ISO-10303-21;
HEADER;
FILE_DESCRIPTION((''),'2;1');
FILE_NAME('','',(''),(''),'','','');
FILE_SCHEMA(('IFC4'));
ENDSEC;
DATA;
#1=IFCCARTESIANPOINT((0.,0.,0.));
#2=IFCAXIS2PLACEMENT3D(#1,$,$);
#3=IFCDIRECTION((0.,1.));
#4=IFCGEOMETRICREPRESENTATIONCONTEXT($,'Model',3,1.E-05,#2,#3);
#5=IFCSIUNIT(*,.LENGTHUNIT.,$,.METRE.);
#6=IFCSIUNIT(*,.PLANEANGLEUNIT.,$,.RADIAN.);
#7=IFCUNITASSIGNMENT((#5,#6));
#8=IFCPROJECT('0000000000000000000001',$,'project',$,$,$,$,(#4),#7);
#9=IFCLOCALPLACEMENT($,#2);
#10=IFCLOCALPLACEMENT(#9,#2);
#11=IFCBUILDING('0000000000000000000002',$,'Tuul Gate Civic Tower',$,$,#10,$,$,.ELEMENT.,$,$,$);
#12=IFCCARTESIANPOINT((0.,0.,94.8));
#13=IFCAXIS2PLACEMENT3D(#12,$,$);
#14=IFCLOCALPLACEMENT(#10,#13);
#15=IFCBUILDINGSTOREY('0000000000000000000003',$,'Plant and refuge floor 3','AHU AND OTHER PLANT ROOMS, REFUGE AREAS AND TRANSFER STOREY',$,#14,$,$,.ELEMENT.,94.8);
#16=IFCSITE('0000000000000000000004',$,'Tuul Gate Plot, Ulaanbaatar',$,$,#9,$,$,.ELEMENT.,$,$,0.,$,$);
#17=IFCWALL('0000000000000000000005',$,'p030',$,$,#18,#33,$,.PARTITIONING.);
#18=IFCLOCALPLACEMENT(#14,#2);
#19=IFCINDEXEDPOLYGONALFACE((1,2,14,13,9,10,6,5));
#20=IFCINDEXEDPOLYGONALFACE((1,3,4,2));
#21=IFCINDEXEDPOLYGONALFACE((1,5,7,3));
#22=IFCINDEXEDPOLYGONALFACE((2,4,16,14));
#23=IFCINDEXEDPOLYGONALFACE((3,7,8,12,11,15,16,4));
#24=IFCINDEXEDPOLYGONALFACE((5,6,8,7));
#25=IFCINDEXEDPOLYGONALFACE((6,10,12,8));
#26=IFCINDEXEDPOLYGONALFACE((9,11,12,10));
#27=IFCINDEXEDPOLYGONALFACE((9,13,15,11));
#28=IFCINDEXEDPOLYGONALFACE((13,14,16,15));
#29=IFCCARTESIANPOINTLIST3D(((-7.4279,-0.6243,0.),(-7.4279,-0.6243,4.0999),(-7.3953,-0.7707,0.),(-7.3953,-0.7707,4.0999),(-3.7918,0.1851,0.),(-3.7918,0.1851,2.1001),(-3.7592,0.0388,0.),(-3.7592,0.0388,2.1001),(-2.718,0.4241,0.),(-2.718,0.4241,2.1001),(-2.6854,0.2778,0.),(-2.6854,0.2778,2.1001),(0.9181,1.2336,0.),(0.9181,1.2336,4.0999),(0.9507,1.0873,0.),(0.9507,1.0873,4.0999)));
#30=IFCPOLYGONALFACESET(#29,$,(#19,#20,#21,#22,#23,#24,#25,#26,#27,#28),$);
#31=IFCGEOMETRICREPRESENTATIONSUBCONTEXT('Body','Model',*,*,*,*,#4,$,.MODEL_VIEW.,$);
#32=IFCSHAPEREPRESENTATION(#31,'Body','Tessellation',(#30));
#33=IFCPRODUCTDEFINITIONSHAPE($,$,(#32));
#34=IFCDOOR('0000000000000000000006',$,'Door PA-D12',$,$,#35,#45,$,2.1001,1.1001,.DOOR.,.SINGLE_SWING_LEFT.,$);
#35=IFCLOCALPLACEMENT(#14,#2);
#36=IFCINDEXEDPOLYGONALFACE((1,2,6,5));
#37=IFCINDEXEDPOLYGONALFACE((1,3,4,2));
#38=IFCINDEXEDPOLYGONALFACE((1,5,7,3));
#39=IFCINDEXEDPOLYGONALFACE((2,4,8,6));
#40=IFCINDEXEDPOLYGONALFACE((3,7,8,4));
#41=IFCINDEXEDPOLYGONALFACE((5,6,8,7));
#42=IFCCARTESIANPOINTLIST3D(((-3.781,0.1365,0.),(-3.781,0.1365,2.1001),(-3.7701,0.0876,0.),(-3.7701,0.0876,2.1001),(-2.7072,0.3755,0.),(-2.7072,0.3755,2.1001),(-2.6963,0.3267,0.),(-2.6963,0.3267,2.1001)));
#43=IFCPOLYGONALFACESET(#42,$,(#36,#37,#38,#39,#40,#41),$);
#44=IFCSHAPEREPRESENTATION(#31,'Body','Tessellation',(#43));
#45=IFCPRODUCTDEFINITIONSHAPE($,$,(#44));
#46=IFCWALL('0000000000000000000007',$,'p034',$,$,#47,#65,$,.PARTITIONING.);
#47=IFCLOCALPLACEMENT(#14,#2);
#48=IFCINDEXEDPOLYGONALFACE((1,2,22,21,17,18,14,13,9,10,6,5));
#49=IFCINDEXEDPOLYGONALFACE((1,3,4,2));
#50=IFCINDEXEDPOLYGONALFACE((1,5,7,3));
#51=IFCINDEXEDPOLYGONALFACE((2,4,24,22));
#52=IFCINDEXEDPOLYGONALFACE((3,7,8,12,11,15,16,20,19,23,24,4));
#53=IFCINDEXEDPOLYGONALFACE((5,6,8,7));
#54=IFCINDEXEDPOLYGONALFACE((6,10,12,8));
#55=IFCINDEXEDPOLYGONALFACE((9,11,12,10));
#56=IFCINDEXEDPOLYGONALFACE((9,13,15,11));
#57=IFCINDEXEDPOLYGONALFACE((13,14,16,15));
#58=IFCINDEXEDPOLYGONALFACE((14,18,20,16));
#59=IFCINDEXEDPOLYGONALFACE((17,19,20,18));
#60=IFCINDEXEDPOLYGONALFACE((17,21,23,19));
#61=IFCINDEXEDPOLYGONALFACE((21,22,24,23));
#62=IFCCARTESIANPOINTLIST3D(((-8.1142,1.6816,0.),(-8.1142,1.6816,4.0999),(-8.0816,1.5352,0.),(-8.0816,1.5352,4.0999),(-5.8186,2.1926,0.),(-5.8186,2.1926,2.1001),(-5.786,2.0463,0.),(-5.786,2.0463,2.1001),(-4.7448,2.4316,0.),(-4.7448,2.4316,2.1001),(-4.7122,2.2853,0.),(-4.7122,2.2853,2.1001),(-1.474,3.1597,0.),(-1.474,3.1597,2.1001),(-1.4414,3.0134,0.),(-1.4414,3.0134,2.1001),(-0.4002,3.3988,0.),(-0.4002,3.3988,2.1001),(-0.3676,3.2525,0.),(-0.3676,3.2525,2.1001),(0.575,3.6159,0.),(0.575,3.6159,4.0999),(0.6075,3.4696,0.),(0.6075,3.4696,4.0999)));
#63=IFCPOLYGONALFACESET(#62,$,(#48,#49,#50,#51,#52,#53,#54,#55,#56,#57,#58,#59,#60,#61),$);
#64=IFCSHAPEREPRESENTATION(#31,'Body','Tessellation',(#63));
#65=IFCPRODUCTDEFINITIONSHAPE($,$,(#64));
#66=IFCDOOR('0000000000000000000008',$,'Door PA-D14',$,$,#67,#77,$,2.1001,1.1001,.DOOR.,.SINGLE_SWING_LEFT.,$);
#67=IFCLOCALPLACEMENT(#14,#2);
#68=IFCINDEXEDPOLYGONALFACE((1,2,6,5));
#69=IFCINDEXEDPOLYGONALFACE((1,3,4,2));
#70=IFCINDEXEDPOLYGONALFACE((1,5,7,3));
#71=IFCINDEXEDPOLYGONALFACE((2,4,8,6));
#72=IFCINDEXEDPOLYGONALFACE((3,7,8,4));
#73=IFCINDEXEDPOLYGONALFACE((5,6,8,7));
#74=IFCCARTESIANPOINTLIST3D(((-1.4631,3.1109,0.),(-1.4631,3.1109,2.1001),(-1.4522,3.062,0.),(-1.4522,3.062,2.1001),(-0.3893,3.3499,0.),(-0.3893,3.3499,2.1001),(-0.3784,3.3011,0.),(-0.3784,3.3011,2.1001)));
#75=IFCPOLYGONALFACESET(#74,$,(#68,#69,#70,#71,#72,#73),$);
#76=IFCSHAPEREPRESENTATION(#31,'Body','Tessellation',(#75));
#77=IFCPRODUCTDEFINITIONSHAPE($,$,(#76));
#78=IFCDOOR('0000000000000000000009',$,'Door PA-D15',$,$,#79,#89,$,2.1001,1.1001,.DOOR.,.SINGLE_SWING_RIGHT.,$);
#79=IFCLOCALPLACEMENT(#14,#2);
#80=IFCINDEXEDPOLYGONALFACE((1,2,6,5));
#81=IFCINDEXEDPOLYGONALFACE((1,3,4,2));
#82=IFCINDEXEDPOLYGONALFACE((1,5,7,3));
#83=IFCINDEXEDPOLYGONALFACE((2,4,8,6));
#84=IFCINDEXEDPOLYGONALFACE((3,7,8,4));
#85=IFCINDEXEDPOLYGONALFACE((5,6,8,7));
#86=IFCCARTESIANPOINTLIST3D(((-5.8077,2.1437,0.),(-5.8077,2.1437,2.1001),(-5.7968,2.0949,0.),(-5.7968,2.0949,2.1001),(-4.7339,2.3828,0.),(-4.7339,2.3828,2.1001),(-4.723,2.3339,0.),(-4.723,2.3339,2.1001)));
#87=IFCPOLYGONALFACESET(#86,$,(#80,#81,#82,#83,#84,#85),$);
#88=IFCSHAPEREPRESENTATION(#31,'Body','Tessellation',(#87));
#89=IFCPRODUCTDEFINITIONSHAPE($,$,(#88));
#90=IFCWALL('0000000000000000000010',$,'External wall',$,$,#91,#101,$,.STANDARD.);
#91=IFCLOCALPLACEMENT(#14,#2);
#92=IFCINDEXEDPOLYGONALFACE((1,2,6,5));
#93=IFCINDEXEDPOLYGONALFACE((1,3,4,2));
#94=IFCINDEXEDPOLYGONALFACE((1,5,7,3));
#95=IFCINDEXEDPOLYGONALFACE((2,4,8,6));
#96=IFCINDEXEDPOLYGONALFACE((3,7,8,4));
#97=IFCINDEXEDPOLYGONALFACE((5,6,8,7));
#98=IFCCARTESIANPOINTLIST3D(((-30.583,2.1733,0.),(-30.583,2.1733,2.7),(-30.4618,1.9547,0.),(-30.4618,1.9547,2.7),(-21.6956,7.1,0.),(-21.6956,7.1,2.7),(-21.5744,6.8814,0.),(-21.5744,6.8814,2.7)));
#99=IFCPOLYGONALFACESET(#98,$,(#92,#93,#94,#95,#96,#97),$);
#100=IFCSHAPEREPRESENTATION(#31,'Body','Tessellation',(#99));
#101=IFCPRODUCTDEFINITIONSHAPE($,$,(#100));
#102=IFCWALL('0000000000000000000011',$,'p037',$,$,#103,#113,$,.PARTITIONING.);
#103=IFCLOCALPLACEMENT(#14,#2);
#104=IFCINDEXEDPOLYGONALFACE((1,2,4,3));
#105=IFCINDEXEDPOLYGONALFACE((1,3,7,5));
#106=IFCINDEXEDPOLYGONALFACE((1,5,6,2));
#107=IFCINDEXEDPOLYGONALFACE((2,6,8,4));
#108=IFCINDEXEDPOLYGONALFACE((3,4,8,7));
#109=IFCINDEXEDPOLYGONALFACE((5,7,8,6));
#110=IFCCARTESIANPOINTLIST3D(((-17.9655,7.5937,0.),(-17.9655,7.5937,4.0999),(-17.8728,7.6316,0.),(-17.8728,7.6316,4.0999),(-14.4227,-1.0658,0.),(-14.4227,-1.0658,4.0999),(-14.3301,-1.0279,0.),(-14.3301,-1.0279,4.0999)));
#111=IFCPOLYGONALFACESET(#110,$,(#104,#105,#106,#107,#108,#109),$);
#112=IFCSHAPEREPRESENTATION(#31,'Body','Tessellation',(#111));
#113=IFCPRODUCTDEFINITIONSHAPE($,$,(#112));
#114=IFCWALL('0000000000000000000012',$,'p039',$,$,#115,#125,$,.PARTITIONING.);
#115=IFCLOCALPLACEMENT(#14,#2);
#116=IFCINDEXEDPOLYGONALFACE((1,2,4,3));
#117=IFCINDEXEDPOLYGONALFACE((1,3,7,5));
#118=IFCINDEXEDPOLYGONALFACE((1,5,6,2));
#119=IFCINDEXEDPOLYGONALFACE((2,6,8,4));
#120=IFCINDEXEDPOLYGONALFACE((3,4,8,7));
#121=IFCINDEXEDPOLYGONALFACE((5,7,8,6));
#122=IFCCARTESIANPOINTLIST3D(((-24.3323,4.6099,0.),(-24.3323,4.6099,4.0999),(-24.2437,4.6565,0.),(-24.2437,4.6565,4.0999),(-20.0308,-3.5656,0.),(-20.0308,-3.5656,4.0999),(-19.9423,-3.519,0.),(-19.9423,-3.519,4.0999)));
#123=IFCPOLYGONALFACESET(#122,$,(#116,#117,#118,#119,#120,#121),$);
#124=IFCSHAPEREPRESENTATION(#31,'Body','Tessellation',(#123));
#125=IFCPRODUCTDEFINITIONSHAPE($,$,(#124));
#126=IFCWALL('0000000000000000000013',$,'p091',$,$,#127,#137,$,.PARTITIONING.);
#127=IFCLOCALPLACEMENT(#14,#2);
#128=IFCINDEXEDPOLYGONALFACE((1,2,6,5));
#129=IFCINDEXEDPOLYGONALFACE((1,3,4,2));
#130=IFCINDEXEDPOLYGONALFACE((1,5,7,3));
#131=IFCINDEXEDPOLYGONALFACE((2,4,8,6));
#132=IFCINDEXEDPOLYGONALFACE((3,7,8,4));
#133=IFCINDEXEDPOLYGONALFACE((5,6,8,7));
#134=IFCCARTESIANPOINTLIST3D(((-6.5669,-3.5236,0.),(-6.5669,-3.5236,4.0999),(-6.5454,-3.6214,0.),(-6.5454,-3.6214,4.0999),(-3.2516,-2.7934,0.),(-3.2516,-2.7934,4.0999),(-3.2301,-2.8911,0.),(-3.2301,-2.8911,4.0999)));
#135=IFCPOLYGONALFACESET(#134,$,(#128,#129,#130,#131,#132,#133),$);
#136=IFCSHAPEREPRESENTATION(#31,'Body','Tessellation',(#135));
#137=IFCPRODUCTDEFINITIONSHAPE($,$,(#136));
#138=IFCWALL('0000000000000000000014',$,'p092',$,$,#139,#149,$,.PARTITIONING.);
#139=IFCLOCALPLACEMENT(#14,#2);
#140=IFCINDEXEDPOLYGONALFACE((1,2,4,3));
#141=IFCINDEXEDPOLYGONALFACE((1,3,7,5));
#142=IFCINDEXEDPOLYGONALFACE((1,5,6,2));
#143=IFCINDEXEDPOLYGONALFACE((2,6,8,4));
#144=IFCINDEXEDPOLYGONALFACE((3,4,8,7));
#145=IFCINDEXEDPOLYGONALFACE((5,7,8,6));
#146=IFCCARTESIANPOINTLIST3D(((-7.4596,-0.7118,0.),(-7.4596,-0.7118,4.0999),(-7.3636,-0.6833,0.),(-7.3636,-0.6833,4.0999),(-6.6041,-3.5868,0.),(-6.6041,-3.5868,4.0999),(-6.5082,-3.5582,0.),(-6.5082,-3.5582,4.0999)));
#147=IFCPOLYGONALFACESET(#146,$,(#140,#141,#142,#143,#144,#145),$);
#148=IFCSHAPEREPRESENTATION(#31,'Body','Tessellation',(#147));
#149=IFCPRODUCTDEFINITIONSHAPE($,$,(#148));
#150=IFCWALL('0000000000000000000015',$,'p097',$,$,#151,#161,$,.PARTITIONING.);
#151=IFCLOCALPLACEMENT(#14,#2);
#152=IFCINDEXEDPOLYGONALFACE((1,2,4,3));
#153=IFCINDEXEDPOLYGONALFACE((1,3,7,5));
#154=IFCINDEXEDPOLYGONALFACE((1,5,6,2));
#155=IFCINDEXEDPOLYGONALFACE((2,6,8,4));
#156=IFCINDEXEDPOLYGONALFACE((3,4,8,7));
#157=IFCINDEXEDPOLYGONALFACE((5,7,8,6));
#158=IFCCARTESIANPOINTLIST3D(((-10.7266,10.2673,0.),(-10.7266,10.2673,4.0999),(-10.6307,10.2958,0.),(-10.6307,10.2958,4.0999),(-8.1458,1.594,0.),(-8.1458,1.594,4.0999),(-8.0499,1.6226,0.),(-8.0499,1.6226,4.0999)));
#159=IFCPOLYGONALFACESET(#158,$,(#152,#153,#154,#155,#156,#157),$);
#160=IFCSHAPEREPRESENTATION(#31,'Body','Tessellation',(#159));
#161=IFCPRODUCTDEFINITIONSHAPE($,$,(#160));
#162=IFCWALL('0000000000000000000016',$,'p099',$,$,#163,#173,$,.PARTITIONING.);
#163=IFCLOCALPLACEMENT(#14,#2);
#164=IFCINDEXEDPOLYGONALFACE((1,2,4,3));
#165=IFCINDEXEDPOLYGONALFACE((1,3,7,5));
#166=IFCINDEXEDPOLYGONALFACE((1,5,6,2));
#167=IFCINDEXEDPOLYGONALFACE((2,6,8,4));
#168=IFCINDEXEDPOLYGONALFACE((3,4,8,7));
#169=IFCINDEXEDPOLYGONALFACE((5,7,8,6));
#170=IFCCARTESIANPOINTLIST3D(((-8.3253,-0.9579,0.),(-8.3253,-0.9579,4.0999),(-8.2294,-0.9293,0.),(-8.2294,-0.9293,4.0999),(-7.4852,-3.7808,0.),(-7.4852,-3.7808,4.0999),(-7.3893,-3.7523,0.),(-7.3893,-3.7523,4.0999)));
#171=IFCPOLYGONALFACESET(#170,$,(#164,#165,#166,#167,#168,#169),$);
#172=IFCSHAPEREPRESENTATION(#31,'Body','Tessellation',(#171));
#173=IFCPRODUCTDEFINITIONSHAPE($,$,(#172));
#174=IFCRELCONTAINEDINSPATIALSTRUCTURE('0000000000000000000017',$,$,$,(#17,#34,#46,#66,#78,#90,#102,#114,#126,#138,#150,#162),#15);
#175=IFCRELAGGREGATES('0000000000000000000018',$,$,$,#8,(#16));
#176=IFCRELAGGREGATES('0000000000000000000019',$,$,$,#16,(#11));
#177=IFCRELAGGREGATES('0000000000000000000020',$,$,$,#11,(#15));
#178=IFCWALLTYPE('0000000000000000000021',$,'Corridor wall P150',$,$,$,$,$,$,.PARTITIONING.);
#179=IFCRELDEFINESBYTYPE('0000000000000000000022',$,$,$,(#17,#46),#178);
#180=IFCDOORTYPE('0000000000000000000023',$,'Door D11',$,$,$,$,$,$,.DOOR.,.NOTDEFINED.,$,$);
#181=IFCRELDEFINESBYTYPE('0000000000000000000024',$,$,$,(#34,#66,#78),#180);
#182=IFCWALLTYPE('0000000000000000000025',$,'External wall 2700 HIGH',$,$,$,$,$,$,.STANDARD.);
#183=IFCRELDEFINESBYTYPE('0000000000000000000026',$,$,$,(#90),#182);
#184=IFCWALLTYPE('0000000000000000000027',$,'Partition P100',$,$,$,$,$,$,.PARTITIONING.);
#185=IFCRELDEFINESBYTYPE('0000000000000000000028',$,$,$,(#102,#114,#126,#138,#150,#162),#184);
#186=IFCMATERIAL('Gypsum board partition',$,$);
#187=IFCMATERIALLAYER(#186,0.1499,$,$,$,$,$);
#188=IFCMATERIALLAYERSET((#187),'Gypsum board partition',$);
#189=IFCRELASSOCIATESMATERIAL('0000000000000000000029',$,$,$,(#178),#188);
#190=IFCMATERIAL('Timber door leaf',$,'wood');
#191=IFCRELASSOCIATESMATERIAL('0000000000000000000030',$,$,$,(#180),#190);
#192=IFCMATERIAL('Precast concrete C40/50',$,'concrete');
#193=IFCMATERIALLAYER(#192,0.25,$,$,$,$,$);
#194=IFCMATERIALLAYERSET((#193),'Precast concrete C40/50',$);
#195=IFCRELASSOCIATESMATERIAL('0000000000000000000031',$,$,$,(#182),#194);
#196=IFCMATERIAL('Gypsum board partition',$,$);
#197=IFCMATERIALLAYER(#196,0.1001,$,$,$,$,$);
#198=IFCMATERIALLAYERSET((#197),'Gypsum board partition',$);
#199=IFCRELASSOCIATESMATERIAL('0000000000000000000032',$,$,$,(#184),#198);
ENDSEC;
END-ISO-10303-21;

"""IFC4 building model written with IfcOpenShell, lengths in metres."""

from ifc_helpers import new_model, si_unit, direction, frame, frame_2d, origin, place, context, subcontext, project, spatial, rectangle, extrude, material, layer, layer_set, type_object, element, fill, save


model = new_model("IFC4")

# Units and contexts
model_context = context("Model", 3, precision=1e-05, world=origin(), true_north=direction((0.0, 1.0)))
body_context = subcontext(model_context, "Body", "Model", "MODEL_VIEW")
ifc_project = project(units=[si_unit("LENGTHUNIT", "METRE"), si_unit("PLANEANGLEUNIT", "RADIAN")], contexts=[model_context])

# Site, building, storey
site_placement = place(None, origin())
site = spatial("IfcSite", under=ifc_project, at=site_placement, Name="Tuul Gate Plot, Ulaanbaatar", CompositionType="ELEMENT", RefElevation=0.0)
building_placement = place(site_placement, origin())
building = spatial("IfcBuilding", under=site, at=building_placement, Name="Tuul Gate Civic Tower", CompositionType="ELEMENT")
storey_placement = place(building_placement, frame((0.0, 0.0, 94.8)))
storey = spatial("IfcBuildingStorey", under=building, at=storey_placement, Name="Plant and refuge floor 3", Description="AHU AND OTHER PLANT ROOMS, REFUGE AREAS AND TRANSFER STOREY", CompositionType="ELEMENT", Elevation=94.8)

# Wall, opening, door
ifc_material_1 = material(Name="Gypsum board partition")
ifc_layer_1 = layer(ifc_material_1, 0.1499)
ifc_layer_set_1 = layer_set([ifc_layer_1], Name="Gypsum board partition")
wall_type_1 = type_object("IfcWallType", Name="Corridor wall P150", PredefinedType="PARTITIONING", material=ifc_layer_set_1)
wall_1_placement = place(storey_placement, frame((-7.4116, -0.6975, 0.0), z_axis=(0.0, 0.0, 1.0), x_axis=(0.976106, 0.217293, 0.0)))
wall_1 = element("IfcWall", 1, at=wall_1_placement, inside=storey, type_object=wall_type_1, Name="p030", PredefinedType="PARTITIONING", context=body_context, shape_type="SweptSolid", body=[
    extrude(rectangle(XDim=8.5503, YDim=0.1499, at=frame_2d((4.2751, 0.0))), origin(), (0.0, 0.0, 1.0), 4.0999),
])
opening_1_placement = place(wall_1_placement, frame((3.7251, 0.0, 0.0)))
opening_1 = element("IfcOpeningElement", 2, at=opening_1_placement, cuts=wall_1, PredefinedType="OPENING", context=body_context, shape_type="SweptSolid", body=[
    extrude(rectangle(XDim=1.1001, YDim=2.1001, at=frame_2d((0.55, 1.05))), frame((0.0, 0.085, 0.0), z_axis=(0.0, -1.0, 0.0), x_axis=(1.0, 0.0, 0.0)), (0.0, 0.0, 1.0), 0.1699),
])
ifc_material_2 = material(Name="Timber door leaf", Category="wood")
door_type = type_object("IfcDoorType", Name="Door D11", OperationType="NOTDEFINED", PredefinedType="DOOR", material=ifc_material_2)
door_1_placement = place(opening_1_placement, frame((1.1001, 0.0, 0.0), z_axis=(0.0, 0.0, 1.0), x_axis=(-1.0, 0.0, 0.0)))
door_1 = element("IfcDoor", 3, at=door_1_placement, inside=storey, type_object=door_type, Name="Door PA-D12", OperationType="SINGLE_SWING_LEFT", OverallHeight=2.1001, OverallWidth=1.1001, PredefinedType="DOOR", context=body_context, shape_type="SweptSolid", body=[
    extrude(rectangle(XDim=1.1001, YDim=2.1001, at=frame_2d((0.55, 1.05))), frame((0.0, 0.0249, 0.0), z_axis=(0.0, -1.0, 0.0), x_axis=(1.0, 0.0, 0.0)), (0.0, 0.0, 1.0), 0.05),
])
fill(opening_1, door_1)

# Wall, openings, doors
wall_2_placement = place(storey_placement, frame((-8.0979, 1.6084, 0.0), z_axis=(0.0, 0.0, 1.0), x_axis=(0.976106, 0.217293, 0.0)))
wall_2 = element("IfcWall", 4, at=wall_2_placement, inside=storey, type_object=wall_type_1, Name="p034", PredefinedType="PARTITIONING", context=body_context, shape_type="SweptSolid", body=[
    extrude(rectangle(XDim=8.9019, YDim=0.1499, at=frame_2d((4.4509, 0.0))), origin(), (0.0, 0.0, 1.0), 4.0999),
])
opening_2_placement = place(wall_2_placement, frame((6.8027, 0.0, 0.0)))
opening_2 = element("IfcOpeningElement", 5, at=opening_2_placement, cuts=wall_2, PredefinedType="OPENING", context=body_context, shape_type="SweptSolid", body=[
    extrude(rectangle(XDim=1.1001, YDim=2.1001, at=frame_2d((0.55, 1.05))), frame((0.0, 0.085, 0.0), z_axis=(0.0, -1.0, 0.0), x_axis=(1.0, 0.0, 0.0)), (0.0, 0.0, 1.0), 0.1699),
])
opening_3_placement = place(wall_2_placement, frame((2.3518, 0.0, 0.0)))
opening_3 = element("IfcOpeningElement", 6, at=opening_3_placement, cuts=wall_2, PredefinedType="OPENING", context=body_context, shape_type="SweptSolid", body=[
    extrude(rectangle(XDim=1.1001, YDim=2.1001, at=frame_2d((0.55, 1.05))), frame((0.0, 0.085, 0.0), z_axis=(0.0, -1.0, 0.0), x_axis=(1.0, 0.0, 0.0)), (0.0, 0.0, 1.0), 0.1699),
])
door_2_placement = place(opening_2_placement, origin())
door_2 = element("IfcDoor", 7, at=door_2_placement, inside=storey, type_object=door_type, Name="Door PA-D14", OperationType="SINGLE_SWING_LEFT", OverallHeight=2.1001, OverallWidth=1.1001, PredefinedType="DOOR", context=body_context, shape_type="SweptSolid", body=[
    extrude(rectangle(XDim=1.1001, YDim=2.1001, at=frame_2d((0.55, 1.05))), frame((0.0, 0.0249, 0.0), z_axis=(0.0, -1.0, 0.0), x_axis=(1.0, 0.0, 0.0)), (0.0, 0.0, 1.0), 0.05),
])
fill(opening_2, door_2)
door_3_placement = place(opening_3_placement, origin())
door_3 = element("IfcDoor", 8, at=door_3_placement, inside=storey, type_object=door_type, Name="Door PA-D15", OperationType="SINGLE_SWING_RIGHT", OverallHeight=2.1001, OverallWidth=1.1001, PredefinedType="DOOR", context=body_context, shape_type="SweptSolid", body=[
    extrude(rectangle(XDim=1.1001, YDim=2.1001, at=frame_2d((0.55, 1.05))), frame((0.0, 0.0249, 0.0), z_axis=(0.0, -1.0, 0.0), x_axis=(1.0, 0.0, 0.0)), (0.0, 0.0, 1.0), 0.05),
])
fill(opening_3, door_3)

# Walls
ifc_material_3 = material(Name="Precast concrete C40/50", Category="concrete")
ifc_layer_2 = layer(ifc_material_3, 0.25)
ifc_layer_set_2 = layer_set([ifc_layer_2], Name="Precast concrete C40/50")
wall_type_2 = type_object("IfcWallType", Name="External wall 2700 HIGH", PredefinedType="STANDARD", material=ifc_layer_set_2)
wall_3_placement = place(storey_placement, frame((-21.635, 6.9907, 0.0), z_axis=(0.0, 0.0, 1.0), x_axis=(-0.874605, -0.484837, 0.0)))
element("IfcWall", 9, at=wall_3_placement, inside=storey, type_object=wall_type_2, Name="External wall", PredefinedType="STANDARD", context=body_context, shape_type="SweptSolid", body=[
    extrude(rectangle(XDim=10.1616, YDim=0.25, at=frame_2d((5.0808, 0.0))), origin(), (0.0, 0.0, 1.0), 2.7),
])
ifc_material_4 = material(Name="Gypsum board partition")
ifc_layer_3 = layer(ifc_material_4, 0.1001)
ifc_layer_set_3 = layer_set([ifc_layer_3], Name="Gypsum board partition")
wall_type_3 = type_object("IfcWallType", Name="Partition P100", PredefinedType="PARTITIONING", material=ifc_layer_set_3)
wall_4_placement = place(storey_placement, frame((-17.9192, 7.6128, 0.0), z_axis=(0.0, 0.0, 1.0), x_axis=(0.378654, -0.925538, 0.0)))
element("IfcWall", 10, at=wall_4_placement, inside=storey, type_object=wall_type_3, Name="p037", PredefinedType="PARTITIONING", context=body_context, shape_type="SweptSolid", body=[
    extrude(rectangle(XDim=9.3562, YDim=0.1001, at=frame_2d((4.6782, 0.0))), origin(), (0.0, 0.0, 1.0), 4.0999),
])
wall_5_placement = place(storey_placement, frame((-24.2881, 4.6333, 0.0), z_axis=(0.0, 0.0, 1.0), x_axis=(0.465628, -0.884981, 0.0)))
element("IfcWall", 11, at=wall_5_placement, inside=storey, type_object=wall_type_3, Name="p039", PredefinedType="PARTITIONING", context=body_context, shape_type="SweptSolid", body=[
    extrude(rectangle(XDim=9.238, YDim=0.1001, at=frame_2d((4.6191, 0.0))), origin(), (0.0, 0.0, 1.0), 4.0999),
])
wall_6_placement = place(storey_placement, frame((-3.241, -2.8423, 0.0), z_axis=(0.0, 0.0, 1.0), x_axis=(-0.97659, -0.21511, 0.0)))
element("IfcWall", 12, at=wall_6_placement, inside=storey, type_object=wall_type_3, Name="p091", PredefinedType="PARTITIONING", context=body_context, shape_type="SweptSolid", body=[
    extrude(rectangle(XDim=3.3948, YDim=0.1001, at=frame_2d((1.6973, 0.0))), origin(), (0.0, 0.0, 1.0), 4.0999),
])
wall_7_placement = place(storey_placement, frame((-6.5562, -3.5725, 0.0), z_axis=(0.0, 0.0, 1.0), x_axis=(-0.285197, 0.958469, 0.0)))
element("IfcWall", 13, at=wall_7_placement, inside=storey, type_object=wall_type_3, Name="p092", PredefinedType="PARTITIONING", context=body_context, shape_type="SweptSolid", body=[
    extrude(rectangle(XDim=2.9995, YDim=0.1001, at=frame_2d((1.4998, 0.0))), origin(), (0.0, 0.0, 1.0), 4.0999),
])
wall_8_placement = place(storey_placement, frame((-8.0979, 1.6084, 0.0), z_axis=(0.0, 0.0, 1.0), x_axis=(-0.285199, 0.958468, 0.0)))
element("IfcWall", 14, at=wall_8_placement, inside=storey, type_object=wall_type_3, Name="p097", PredefinedType="PARTITIONING", context=body_context, shape_type="SweptSolid", body=[
    extrude(rectangle(XDim=9.0491, YDim=0.1001, at=frame_2d((4.5244, 0.0))), origin(), (0.0, 0.0, 1.0), 4.0999),
])
wall_9_placement = place(storey_placement, frame((-8.2773, -0.9436, 0.0), z_axis=(0.0, 0.0, 1.0), x_axis=(0.285225, -0.95846, 0.0)))
element("IfcWall", 15, at=wall_9_placement, inside=storey, type_object=wall_type_3, Name="p099", PredefinedType="PARTITIONING", context=body_context, shape_type="SweptSolid", body=[
    extrude(rectangle(XDim=2.9453, YDim=0.1001, at=frame_2d((1.4727, 0.0))), origin(), (0.0, 0.0, 1.0), 4.0999),
])

save(model, "model.ifc")
